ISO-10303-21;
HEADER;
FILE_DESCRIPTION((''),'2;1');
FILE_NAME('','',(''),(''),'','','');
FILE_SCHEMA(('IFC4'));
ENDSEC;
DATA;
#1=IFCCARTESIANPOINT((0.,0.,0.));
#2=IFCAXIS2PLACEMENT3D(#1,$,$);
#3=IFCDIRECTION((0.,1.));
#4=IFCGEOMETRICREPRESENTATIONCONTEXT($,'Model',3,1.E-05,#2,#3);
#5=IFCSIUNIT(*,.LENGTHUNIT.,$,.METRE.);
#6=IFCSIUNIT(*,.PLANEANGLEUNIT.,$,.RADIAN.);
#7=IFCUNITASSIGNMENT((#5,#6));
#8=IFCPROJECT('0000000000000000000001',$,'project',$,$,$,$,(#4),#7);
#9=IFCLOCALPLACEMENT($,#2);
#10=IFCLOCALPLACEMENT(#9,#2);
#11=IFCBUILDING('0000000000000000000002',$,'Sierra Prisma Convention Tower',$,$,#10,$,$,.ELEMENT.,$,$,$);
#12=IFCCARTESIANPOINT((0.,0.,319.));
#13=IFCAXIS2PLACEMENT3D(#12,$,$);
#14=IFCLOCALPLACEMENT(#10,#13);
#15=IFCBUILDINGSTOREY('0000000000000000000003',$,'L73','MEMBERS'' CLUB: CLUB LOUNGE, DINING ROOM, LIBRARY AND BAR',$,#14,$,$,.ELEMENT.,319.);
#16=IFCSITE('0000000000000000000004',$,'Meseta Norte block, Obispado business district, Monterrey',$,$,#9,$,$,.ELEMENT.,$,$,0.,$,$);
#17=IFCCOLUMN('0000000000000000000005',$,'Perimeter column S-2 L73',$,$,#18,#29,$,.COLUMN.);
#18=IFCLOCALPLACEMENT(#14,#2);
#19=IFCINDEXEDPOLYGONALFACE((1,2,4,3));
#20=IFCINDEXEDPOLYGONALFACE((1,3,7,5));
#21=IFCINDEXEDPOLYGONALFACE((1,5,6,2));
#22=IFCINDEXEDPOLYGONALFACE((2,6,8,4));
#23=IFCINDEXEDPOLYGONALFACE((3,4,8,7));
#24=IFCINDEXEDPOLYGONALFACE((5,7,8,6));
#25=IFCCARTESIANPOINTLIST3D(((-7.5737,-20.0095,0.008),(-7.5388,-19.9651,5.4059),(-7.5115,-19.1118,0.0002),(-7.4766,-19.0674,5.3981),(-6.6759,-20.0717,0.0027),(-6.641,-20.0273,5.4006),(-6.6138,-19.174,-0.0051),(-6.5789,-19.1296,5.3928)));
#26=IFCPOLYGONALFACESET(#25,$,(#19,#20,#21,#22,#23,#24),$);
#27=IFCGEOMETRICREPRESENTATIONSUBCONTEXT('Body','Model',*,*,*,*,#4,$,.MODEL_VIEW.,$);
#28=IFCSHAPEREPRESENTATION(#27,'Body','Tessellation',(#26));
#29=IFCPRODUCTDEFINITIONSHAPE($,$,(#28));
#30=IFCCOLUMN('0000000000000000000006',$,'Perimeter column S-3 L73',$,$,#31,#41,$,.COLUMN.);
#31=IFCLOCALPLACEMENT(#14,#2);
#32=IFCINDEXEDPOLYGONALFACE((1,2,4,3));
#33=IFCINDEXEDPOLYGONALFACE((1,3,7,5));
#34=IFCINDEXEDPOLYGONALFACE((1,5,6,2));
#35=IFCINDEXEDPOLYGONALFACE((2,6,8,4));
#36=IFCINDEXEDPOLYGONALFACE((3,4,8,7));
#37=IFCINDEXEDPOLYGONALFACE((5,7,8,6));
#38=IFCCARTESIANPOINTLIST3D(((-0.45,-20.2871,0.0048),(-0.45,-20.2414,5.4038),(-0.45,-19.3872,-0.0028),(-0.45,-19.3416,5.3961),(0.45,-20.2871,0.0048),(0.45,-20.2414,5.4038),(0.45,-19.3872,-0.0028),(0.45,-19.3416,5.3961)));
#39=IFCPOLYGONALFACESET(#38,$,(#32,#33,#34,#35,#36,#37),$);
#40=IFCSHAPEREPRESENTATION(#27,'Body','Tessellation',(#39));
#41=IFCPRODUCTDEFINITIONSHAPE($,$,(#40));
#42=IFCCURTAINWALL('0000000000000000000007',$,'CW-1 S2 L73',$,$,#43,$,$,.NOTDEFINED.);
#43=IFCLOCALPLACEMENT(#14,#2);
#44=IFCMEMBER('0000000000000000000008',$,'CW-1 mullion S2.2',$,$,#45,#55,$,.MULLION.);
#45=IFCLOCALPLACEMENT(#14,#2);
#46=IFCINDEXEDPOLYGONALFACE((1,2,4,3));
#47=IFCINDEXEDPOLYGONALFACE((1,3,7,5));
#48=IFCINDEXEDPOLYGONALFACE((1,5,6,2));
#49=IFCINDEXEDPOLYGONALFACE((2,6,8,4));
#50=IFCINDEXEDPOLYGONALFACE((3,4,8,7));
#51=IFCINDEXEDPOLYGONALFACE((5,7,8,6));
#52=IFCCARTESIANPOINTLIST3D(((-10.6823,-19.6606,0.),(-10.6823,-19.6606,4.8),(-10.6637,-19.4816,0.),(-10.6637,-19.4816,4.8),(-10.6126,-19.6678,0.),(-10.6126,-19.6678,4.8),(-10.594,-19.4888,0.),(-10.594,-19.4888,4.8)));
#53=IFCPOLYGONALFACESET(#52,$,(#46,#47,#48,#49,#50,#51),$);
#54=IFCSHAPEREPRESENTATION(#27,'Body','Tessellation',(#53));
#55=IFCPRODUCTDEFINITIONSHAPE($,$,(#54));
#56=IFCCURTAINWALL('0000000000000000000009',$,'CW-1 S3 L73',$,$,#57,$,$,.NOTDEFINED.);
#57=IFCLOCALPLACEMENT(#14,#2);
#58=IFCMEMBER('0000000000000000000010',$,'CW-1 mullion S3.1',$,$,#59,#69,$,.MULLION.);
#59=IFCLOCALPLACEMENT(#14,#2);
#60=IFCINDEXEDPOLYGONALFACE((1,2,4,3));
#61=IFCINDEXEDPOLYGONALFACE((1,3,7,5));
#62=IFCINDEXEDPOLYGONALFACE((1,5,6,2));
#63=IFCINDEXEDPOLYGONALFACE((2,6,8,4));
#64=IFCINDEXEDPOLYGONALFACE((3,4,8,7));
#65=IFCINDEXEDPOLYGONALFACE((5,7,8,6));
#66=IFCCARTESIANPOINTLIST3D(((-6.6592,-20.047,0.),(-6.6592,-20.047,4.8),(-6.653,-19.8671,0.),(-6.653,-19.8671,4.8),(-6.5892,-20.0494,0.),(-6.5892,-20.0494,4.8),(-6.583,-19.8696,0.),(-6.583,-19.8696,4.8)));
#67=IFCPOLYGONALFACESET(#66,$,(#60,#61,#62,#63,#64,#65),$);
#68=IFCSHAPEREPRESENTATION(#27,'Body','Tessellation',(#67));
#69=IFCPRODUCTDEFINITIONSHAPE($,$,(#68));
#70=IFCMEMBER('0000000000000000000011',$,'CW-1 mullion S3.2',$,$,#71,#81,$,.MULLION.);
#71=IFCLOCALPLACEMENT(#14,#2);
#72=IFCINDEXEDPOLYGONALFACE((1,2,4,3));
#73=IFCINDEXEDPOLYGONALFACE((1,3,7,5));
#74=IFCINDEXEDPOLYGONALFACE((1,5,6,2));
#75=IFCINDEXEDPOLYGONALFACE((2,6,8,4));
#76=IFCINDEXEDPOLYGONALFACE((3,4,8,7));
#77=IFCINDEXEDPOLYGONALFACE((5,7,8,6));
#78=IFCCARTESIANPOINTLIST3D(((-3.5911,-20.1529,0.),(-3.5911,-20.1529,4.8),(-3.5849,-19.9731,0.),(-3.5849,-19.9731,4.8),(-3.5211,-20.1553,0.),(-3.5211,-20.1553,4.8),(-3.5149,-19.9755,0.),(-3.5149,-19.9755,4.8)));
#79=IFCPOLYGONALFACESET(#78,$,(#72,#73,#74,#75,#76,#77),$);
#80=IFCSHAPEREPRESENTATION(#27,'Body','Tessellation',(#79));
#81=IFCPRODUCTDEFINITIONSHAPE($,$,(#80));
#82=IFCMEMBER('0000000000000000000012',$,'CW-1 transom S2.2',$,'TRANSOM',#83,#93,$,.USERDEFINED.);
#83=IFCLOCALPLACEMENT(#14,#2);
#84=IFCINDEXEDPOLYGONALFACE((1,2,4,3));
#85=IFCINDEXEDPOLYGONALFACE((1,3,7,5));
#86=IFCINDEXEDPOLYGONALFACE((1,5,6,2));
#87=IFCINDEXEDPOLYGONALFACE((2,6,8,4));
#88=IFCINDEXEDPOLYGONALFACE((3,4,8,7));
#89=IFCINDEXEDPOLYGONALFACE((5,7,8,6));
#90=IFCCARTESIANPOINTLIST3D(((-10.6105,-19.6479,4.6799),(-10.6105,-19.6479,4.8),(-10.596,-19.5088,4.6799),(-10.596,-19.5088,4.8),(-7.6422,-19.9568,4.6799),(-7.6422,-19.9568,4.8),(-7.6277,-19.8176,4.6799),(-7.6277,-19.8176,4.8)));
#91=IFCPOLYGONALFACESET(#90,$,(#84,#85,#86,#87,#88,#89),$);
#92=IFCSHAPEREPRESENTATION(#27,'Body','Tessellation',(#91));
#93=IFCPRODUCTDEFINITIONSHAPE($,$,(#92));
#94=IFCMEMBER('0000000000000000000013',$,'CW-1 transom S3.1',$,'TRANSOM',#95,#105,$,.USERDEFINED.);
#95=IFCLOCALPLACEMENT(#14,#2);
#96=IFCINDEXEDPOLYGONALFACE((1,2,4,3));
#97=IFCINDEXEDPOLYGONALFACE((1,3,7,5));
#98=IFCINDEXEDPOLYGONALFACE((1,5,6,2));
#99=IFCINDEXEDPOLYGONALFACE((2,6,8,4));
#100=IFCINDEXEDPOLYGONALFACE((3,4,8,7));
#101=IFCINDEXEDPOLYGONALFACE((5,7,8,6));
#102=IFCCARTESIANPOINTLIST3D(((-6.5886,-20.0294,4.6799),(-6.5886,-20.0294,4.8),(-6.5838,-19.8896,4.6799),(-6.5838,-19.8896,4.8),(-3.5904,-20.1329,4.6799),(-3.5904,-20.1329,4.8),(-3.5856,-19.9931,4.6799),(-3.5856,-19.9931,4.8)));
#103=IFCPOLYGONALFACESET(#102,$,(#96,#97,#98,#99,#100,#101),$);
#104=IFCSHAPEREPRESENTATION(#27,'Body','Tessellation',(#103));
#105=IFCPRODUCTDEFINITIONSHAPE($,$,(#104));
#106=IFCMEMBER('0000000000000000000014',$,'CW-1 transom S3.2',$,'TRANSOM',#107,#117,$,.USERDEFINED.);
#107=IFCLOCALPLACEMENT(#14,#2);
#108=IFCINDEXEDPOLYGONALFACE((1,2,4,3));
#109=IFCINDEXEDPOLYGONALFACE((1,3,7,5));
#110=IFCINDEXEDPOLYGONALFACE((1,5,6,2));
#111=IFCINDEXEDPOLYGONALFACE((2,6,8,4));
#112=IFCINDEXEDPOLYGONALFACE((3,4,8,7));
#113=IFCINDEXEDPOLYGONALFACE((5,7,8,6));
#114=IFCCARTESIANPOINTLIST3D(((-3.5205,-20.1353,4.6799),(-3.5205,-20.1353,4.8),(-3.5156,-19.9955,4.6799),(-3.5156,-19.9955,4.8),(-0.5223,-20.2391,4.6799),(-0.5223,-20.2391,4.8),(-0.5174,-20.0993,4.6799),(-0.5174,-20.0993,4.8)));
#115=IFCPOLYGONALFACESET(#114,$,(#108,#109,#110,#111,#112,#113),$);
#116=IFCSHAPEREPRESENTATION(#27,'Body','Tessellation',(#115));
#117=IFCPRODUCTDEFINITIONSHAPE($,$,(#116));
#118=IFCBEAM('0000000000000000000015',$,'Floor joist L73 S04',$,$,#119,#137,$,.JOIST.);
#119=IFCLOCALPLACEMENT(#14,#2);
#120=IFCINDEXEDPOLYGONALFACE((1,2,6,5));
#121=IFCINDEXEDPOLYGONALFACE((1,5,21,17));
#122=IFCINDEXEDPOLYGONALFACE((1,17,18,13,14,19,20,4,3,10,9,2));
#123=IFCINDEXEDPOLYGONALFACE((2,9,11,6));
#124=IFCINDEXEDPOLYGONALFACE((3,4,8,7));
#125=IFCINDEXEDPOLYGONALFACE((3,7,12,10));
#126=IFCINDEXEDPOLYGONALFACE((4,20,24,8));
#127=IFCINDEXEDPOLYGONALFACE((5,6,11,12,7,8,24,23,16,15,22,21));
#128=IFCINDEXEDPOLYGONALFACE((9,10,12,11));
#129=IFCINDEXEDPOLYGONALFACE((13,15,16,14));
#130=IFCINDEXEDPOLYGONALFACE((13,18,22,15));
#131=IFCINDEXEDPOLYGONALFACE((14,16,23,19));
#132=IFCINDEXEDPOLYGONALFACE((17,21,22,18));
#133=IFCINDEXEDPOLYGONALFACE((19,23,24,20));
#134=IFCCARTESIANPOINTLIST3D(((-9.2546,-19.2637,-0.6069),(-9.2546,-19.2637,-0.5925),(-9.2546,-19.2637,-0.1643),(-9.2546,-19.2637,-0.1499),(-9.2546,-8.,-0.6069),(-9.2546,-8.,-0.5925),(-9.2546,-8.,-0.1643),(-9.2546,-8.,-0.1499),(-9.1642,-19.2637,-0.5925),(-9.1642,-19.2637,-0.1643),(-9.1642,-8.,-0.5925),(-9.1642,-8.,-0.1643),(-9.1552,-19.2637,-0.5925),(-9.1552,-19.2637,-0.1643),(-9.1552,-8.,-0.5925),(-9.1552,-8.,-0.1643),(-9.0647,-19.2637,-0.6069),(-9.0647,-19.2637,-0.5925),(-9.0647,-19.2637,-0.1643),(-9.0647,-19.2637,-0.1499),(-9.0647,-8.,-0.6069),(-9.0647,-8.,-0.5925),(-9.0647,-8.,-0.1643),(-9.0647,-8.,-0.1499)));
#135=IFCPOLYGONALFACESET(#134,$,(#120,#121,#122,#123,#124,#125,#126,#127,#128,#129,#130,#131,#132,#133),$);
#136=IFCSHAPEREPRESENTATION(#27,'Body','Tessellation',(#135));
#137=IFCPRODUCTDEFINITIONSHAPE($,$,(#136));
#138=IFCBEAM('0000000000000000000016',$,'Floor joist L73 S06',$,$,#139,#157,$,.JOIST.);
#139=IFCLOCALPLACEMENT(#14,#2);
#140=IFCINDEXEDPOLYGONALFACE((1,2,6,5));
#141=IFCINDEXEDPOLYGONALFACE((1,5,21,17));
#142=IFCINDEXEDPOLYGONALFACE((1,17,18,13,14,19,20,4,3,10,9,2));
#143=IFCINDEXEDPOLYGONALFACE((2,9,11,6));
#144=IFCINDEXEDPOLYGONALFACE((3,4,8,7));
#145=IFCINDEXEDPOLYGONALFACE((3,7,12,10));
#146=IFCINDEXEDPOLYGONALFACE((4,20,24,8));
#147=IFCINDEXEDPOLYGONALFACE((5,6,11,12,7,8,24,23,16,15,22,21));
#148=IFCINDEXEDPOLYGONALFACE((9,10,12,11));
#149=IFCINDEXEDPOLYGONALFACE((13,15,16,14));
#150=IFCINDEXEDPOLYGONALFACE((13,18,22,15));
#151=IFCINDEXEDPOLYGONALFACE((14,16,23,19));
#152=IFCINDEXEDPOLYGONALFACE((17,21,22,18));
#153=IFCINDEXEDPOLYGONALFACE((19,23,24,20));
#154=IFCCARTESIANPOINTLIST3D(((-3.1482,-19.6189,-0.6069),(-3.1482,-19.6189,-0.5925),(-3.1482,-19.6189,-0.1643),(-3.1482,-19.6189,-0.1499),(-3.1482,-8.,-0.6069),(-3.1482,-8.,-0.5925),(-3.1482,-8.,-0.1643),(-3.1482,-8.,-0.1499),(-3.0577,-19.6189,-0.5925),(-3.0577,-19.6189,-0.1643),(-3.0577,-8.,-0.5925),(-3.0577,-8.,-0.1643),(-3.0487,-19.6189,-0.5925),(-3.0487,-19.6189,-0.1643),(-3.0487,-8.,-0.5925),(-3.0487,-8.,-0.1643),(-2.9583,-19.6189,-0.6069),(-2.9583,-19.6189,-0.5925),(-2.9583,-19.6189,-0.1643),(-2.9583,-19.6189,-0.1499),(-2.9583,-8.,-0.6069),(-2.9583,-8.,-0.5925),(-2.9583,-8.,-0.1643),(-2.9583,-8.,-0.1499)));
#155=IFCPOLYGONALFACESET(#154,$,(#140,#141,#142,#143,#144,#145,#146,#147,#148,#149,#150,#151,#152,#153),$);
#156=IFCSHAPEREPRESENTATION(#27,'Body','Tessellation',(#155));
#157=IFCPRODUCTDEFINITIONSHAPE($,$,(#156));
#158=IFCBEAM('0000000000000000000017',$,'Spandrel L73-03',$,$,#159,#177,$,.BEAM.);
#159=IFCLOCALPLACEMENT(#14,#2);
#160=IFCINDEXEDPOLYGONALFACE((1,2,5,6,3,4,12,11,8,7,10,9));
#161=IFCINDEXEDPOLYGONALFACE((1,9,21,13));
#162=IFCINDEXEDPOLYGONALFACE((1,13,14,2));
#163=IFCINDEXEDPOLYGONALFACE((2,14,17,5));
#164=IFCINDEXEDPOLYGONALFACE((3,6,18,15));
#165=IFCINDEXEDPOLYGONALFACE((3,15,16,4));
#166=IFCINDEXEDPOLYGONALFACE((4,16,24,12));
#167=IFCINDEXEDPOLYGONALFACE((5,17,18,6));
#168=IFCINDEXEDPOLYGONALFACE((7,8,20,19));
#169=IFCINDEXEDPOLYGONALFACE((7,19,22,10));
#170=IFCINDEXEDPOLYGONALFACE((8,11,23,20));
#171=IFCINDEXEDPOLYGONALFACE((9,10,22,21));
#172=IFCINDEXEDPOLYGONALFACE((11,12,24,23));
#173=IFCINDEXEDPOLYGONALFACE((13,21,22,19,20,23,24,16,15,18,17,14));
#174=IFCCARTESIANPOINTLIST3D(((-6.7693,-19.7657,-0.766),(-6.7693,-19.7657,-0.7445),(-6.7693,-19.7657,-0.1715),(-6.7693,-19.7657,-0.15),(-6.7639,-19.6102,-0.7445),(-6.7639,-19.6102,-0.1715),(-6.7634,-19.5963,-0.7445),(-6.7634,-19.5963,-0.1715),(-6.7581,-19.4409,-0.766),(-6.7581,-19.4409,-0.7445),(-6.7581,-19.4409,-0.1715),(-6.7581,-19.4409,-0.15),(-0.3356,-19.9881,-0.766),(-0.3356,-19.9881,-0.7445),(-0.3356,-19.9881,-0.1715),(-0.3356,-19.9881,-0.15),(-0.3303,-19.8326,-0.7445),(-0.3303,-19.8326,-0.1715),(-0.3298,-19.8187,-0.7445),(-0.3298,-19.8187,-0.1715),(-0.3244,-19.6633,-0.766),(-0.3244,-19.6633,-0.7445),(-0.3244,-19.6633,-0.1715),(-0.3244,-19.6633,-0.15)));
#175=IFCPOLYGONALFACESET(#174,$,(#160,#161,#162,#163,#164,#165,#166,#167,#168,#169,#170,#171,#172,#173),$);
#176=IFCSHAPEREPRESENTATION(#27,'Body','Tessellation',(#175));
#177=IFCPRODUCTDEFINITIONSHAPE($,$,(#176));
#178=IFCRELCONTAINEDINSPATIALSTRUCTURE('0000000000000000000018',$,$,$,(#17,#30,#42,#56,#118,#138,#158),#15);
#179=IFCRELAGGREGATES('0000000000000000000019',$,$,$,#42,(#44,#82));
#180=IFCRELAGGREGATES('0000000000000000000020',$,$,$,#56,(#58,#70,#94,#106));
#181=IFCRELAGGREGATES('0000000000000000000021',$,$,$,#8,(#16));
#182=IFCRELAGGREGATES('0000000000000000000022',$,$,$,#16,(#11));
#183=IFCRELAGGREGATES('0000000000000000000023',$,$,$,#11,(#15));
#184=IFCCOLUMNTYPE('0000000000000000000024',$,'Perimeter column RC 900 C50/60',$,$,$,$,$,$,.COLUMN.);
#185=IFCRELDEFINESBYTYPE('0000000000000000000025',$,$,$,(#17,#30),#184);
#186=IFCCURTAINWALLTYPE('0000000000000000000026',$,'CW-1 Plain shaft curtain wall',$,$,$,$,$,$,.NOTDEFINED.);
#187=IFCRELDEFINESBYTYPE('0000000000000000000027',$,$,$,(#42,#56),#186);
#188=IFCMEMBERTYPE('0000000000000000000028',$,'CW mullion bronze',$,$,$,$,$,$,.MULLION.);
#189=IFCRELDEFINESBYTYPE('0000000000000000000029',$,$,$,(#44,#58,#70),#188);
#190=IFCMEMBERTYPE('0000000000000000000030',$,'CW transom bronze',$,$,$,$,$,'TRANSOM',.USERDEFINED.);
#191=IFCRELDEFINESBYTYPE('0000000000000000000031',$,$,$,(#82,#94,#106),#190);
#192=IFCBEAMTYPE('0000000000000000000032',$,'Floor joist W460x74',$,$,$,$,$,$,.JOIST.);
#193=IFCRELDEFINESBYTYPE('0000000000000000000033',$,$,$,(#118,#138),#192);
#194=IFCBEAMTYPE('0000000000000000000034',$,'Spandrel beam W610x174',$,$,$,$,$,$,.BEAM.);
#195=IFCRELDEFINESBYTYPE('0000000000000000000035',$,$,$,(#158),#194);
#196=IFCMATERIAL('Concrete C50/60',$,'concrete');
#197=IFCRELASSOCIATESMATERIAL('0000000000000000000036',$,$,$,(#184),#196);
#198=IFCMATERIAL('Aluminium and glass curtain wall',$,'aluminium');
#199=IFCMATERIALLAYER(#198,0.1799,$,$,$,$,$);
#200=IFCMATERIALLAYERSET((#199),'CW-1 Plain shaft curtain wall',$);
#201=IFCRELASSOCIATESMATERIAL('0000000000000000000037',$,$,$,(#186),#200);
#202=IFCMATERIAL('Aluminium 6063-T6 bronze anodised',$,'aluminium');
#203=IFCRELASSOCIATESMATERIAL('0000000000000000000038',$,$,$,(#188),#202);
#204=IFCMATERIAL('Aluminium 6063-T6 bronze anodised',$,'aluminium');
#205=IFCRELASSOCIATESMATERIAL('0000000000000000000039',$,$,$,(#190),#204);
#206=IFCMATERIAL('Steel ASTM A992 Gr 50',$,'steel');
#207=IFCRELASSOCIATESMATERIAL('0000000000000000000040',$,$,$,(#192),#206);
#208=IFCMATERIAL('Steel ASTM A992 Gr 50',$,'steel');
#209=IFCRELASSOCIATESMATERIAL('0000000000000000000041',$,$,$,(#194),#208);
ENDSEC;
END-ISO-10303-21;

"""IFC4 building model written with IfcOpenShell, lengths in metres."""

from ifc_helpers import new_model, si_unit, direction, frame, origin, origin_2d, place, context, subcontext, project, spatial, rectangle, i_section, extrude, clip, halfspace, material, layer, layer_set, material_profile, profile_set, type_object, element, aggregate, save


model = new_model("IFC4")

# Units and contexts
model_context = context("Model", 3, precision=1e-05, world=origin(), true_north=direction((0.0, 1.0)))
body_context = subcontext(model_context, "Body", "Model", "MODEL_VIEW")
ifc_project = project(units=[si_unit("LENGTHUNIT", "METRE"), si_unit("PLANEANGLEUNIT", "RADIAN")], contexts=[model_context])

# Site, building, storey
site_placement = place(None, origin())
site = spatial("IfcSite", under=ifc_project, at=site_placement, Name="Meseta Norte block, Obispado business district, Monterrey", CompositionType="ELEMENT", RefElevation=0.0)
building_placement = place(site_placement, origin())
building = spatial("IfcBuilding", under=site, at=building_placement, Name="Sierra Prisma Convention Tower", CompositionType="ELEMENT")
storey_placement = place(building_placement, frame((0.0, 0.0, 319.0)))
storey = spatial("IfcBuildingStorey", under=building, at=storey_placement, Name="L73", Description="MEMBERS' CLUB: CLUB LOUNGE, DINING ROOM, LIBRARY AND BAR", CompositionType="ELEMENT", Elevation=319.0)

# Columns
ifc_material_1 = material(Name="Concrete C50/60", Category="concrete")
ifc_material_profile_1 = material_profile(ifc_material_1, rectangle(XDim=0.8999, YDim=0.8999, at=origin_2d()), Name="Perimeter column RC 900 C50/60")
ifc_profile_set_1 = profile_set([ifc_material_profile_1], Name="Concrete C50/60")
column_type = type_object("IfcColumnType", Name="Perimeter column RC 900 C50/60", PredefinedType="COLUMN", material=ifc_profile_set_1)
column_1_placement = place(storey_placement, frame((-7.0938, -19.5918, 0.0), z_axis=(0.006465, 0.008228, 0.999945), x_axis=(-0.997592, 0.069111, 0.005881)))
element("IfcColumn", 1, at=column_1_placement, inside=storey, type_object=column_type, Name="Perimeter column S-2 L73", PredefinedType="COLUMN", context=body_context, shape_type="SweptSolid", body=[
    clip(clip(extrude(rectangle(XDim=0.8999, YDim=0.8999, at=origin_2d()), origin(), (0.0, 0.0, 1.0), 5.4001), halfspace(frame((0.0, 0.0, 0.0015)), True)), halfspace(frame((0.0, 0.0, 5.3997)), False)),
])
column_2_placement = place(storey_placement, frame((0.0, -19.8372, 0.0), z_axis=(0.0, 0.008454, 0.999964), x_axis=(1.0, 0.0, 0.0)))
element("IfcColumn", 2, at=column_2_placement, inside=storey, type_object=column_type, Name="Perimeter column S-3 L73", PredefinedType="COLUMN", context=body_context, shape_type="SweptSolid", body=[
    clip(extrude(rectangle(XDim=0.8999, YDim=0.8999, at=origin_2d()), origin(), (0.0, 0.0, 1.0), 5.4001), halfspace(frame((0.0, 0.0, 0.001)), True)),
])

# Curtain wall, member
ifc_material_2 = material(Name="Aluminium and glass curtain wall", Category="aluminium")
ifc_layer_1 = layer(ifc_material_2, 0.1799)
ifc_layer_set_1 = layer_set([ifc_layer_1], Name="CW-1 Plain shaft curtain wall")
curtain_wall_type = type_object("IfcCurtainWallType", Name="CW-1 Plain shaft curtain wall", PredefinedType="NOTDEFINED", material=ifc_layer_set_1)
curtain_wall_1_placement = place(storey_placement, origin())
curtain_wall_1 = element("IfcCurtainWall", 3, at=curtain_wall_1_placement, inside=storey, type_object=curtain_wall_type, Name="CW-1 S2 L73", PredefinedType="NOTDEFINED")
ifc_material_3 = material(Name="Aluminium 6063-T6 bronze anodised", Category="aluminium")
ifc_material_profile_2 = material_profile(ifc_material_3, rectangle(XDim=0.1799, YDim=0.0701, at=origin_2d()), Name="ALU MULLION 70x180")
ifc_profile_set_2 = profile_set([ifc_material_profile_2], Name="Aluminium 6063-T6 bronze anodised")
member_type_1 = type_object("IfcMemberType", Name="CW mullion bronze", PredefinedType="MULLION", material=ifc_profile_set_2)
member_1_placement = place(storey_placement, frame((-10.6382, -19.5747, 0.0), z_axis=(0.0, 0.0, 1.0), x_axis=(0.103487, 0.994631, 0.0)))
member_1 = element("IfcMember", 4, at=member_1_placement, type_object=member_type_1, Name="CW-1 mullion S2.2", PredefinedType="MULLION", context=body_context, shape_type="SweptSolid", body=[
    extrude(rectangle(XDim=0.1799, YDim=0.0701, at=origin_2d()), origin(), (0.0, 0.0, 1.0), 4.8),
])

# Curtain wall, members
curtain_wall_2_placement = place(storey_placement, origin())
curtain_wall_2 = element("IfcCurtainWall", 5, at=curtain_wall_2_placement, inside=storey, type_object=curtain_wall_type, Name="CW-1 S3 L73", PredefinedType="NOTDEFINED")
member_2_placement = place(storey_placement, frame((-6.6211, -19.9583, 0.0), z_axis=(0.0, 0.0, 1.0), x_axis=(0.034551, 0.999403, 0.0)))
member_2 = element("IfcMember", 6, at=member_2_placement, type_object=member_type_1, Name="CW-1 mullion S3.1", PredefinedType="MULLION", context=body_context, shape_type="SweptSolid", body=[
    extrude(rectangle(XDim=0.1799, YDim=0.0701, at=origin_2d()), origin(), (0.0, 0.0, 1.0), 4.8),
])
member_3_placement = place(storey_placement, frame((-3.553, -20.0642, 0.0), z_axis=(0.0, 0.0, 1.0), x_axis=(0.034551, 0.999403, 0.0)))
member_3 = element("IfcMember", 7, at=member_3_placement, type_object=member_type_1, Name="CW-1 mullion S3.2", PredefinedType="MULLION", context=body_context, shape_type="SweptSolid", body=[
    extrude(rectangle(XDim=0.1799, YDim=0.0701, at=origin_2d()), origin(), (0.0, 0.0, 1.0), 4.8),
])

# Members
ifc_material_4 = material(Name="Aluminium 6063-T6 bronze anodised", Category="aluminium")
ifc_material_profile_3 = material_profile(ifc_material_4, rectangle(XDim=0.1399, YDim=0.1201, at=origin_2d()), Name="ALU TRANSOM 120x140")
ifc_profile_set_3 = profile_set([ifc_material_profile_3], Name="Aluminium 6063-T6 bronze anodised")
member_type_2 = type_object("IfcMemberType", Name="CW transom bronze", ElementType="TRANSOM", PredefinedType="USERDEFINED", material=ifc_profile_set_3)
member_4_placement = place(storey_placement, frame((-10.6033, -19.5784, 4.74), z_axis=(0.994631, -0.103488, 0.0), x_axis=(0.103488, 0.994631, 0.0)))
member_4 = element("IfcMember", 8, at=member_4_placement, type_object=member_type_2, Name="CW-1 transom S2.2", ObjectType="TRANSOM", PredefinedType="USERDEFINED", context=body_context, shape_type="SweptSolid", body=[
    extrude(rectangle(XDim=0.1399, YDim=0.1201, at=origin_2d()), origin(), (0.0, 0.0, 1.0), 2.9844),
])
member_5_placement = place(storey_placement, frame((-6.5862, -19.9595, 4.74), z_axis=(0.999405, -0.034504, 0.0), x_axis=(0.034504, 0.999405, 0.0)))
member_5 = element("IfcMember", 9, at=member_5_placement, type_object=member_type_2, Name="CW-1 transom S3.1", ObjectType="TRANSOM", PredefinedType="USERDEFINED", context=body_context, shape_type="SweptSolid", body=[
    extrude(rectangle(XDim=0.1399, YDim=0.1201, at=origin_2d()), origin(), (0.0, 0.0, 1.0), 3.0),
])
member_6_placement = place(storey_placement, frame((-3.5181, -20.0654, 4.74), z_axis=(0.999402, -0.034586, 0.0), x_axis=(0.034586, 0.999402, 0.0)))
member_6 = element("IfcMember", 10, at=member_6_placement, type_object=member_type_2, Name="CW-1 transom S3.2", ObjectType="TRANSOM", PredefinedType="USERDEFINED", context=body_context, shape_type="SweptSolid", body=[
    extrude(rectangle(XDim=0.1399, YDim=0.1201, at=origin_2d()), origin(), (0.0, 0.0, 1.0), 3.0),
])

# Beams
ifc_material_5 = material(Name="Steel ASTM A992 Gr 50", Category="steel")
ifc_material_profile_4 = material_profile(ifc_material_5, i_section(OverallWidth=0.1899, OverallDepth=0.457, WebThickness=0.009, FlangeThickness=0.0144, at=origin_2d()), Name="W460x74")
ifc_profile_set_4 = profile_set([ifc_material_profile_4], Name="Steel ASTM A992 Gr 50")
beam_type_1 = type_object("IfcBeamType", Name="Floor joist W460x74", PredefinedType="JOIST", material=ifc_profile_set_4)
beam_1_placement = place(storey_placement, frame((-9.1597, -19.2637, -0.3784), z_axis=(0.0, 1.0, 0.0), x_axis=(-1.0, 0.0, 0.0)))
element("IfcBeam", 11, at=beam_1_placement, inside=storey, type_object=beam_type_1, Name="Floor joist L73 S04", PredefinedType="JOIST", context=body_context, shape_type="SweptSolid", body=[
    extrude(i_section(OverallWidth=0.1899, OverallDepth=0.457, WebThickness=0.009, FlangeThickness=0.0144, at=origin_2d()), origin(), (0.0, 0.0, 1.0), 11.2637),
])
beam_2_placement = place(storey_placement, frame((-3.0532, -19.6189, -0.3784), z_axis=(0.0, 1.0, 0.0), x_axis=(-1.0, 0.0, 0.0)))
element("IfcBeam", 12, at=beam_2_placement, inside=storey, type_object=beam_type_1, Name="Floor joist L73 S06", PredefinedType="JOIST", context=body_context, shape_type="SweptSolid", body=[
    extrude(i_section(OverallWidth=0.1899, OverallDepth=0.457, WebThickness=0.009, FlangeThickness=0.0144, at=origin_2d()), origin(), (0.0, 0.0, 1.0), 11.6189),
])
ifc_material_6 = material(Name="Steel ASTM A992 Gr 50", Category="steel")
ifc_material_profile_5 = material_profile(ifc_material_6, i_section(OverallWidth=0.325, OverallDepth=0.616, WebThickness=0.0139, FlangeThickness=0.0215, at=origin_2d()), Name="W610x174")
ifc_profile_set_5 = profile_set([ifc_material_profile_5], Name="Steel ASTM A992 Gr 50")
beam_type_2 = type_object("IfcBeamType", Name="Spandrel beam W610x174", PredefinedType="BEAM", material=ifc_profile_set_5)
beam_3_placement = place(storey_placement, frame((-6.7637, -19.6033, -0.458), z_axis=(0.999403, -0.03455, 0.0), x_axis=(0.03455, 0.999403, 0.0)))
element("IfcBeam", 13, at=beam_3_placement, inside=storey, type_object=beam_type_2, Name="Spandrel L73-03", PredefinedType="BEAM", context=body_context, shape_type="SweptSolid", body=[
    extrude(i_section(OverallWidth=0.325, OverallDepth=0.616, WebThickness=0.0139, FlangeThickness=0.0215, at=origin_2d()), origin(), (0.0, 0.0, 1.0), 6.4375),
])

aggregate(curtain_wall_1, [member_1, member_4])
aggregate(curtain_wall_2, [member_2, member_3, member_5, member_6])

save(model, "model.ifc")
